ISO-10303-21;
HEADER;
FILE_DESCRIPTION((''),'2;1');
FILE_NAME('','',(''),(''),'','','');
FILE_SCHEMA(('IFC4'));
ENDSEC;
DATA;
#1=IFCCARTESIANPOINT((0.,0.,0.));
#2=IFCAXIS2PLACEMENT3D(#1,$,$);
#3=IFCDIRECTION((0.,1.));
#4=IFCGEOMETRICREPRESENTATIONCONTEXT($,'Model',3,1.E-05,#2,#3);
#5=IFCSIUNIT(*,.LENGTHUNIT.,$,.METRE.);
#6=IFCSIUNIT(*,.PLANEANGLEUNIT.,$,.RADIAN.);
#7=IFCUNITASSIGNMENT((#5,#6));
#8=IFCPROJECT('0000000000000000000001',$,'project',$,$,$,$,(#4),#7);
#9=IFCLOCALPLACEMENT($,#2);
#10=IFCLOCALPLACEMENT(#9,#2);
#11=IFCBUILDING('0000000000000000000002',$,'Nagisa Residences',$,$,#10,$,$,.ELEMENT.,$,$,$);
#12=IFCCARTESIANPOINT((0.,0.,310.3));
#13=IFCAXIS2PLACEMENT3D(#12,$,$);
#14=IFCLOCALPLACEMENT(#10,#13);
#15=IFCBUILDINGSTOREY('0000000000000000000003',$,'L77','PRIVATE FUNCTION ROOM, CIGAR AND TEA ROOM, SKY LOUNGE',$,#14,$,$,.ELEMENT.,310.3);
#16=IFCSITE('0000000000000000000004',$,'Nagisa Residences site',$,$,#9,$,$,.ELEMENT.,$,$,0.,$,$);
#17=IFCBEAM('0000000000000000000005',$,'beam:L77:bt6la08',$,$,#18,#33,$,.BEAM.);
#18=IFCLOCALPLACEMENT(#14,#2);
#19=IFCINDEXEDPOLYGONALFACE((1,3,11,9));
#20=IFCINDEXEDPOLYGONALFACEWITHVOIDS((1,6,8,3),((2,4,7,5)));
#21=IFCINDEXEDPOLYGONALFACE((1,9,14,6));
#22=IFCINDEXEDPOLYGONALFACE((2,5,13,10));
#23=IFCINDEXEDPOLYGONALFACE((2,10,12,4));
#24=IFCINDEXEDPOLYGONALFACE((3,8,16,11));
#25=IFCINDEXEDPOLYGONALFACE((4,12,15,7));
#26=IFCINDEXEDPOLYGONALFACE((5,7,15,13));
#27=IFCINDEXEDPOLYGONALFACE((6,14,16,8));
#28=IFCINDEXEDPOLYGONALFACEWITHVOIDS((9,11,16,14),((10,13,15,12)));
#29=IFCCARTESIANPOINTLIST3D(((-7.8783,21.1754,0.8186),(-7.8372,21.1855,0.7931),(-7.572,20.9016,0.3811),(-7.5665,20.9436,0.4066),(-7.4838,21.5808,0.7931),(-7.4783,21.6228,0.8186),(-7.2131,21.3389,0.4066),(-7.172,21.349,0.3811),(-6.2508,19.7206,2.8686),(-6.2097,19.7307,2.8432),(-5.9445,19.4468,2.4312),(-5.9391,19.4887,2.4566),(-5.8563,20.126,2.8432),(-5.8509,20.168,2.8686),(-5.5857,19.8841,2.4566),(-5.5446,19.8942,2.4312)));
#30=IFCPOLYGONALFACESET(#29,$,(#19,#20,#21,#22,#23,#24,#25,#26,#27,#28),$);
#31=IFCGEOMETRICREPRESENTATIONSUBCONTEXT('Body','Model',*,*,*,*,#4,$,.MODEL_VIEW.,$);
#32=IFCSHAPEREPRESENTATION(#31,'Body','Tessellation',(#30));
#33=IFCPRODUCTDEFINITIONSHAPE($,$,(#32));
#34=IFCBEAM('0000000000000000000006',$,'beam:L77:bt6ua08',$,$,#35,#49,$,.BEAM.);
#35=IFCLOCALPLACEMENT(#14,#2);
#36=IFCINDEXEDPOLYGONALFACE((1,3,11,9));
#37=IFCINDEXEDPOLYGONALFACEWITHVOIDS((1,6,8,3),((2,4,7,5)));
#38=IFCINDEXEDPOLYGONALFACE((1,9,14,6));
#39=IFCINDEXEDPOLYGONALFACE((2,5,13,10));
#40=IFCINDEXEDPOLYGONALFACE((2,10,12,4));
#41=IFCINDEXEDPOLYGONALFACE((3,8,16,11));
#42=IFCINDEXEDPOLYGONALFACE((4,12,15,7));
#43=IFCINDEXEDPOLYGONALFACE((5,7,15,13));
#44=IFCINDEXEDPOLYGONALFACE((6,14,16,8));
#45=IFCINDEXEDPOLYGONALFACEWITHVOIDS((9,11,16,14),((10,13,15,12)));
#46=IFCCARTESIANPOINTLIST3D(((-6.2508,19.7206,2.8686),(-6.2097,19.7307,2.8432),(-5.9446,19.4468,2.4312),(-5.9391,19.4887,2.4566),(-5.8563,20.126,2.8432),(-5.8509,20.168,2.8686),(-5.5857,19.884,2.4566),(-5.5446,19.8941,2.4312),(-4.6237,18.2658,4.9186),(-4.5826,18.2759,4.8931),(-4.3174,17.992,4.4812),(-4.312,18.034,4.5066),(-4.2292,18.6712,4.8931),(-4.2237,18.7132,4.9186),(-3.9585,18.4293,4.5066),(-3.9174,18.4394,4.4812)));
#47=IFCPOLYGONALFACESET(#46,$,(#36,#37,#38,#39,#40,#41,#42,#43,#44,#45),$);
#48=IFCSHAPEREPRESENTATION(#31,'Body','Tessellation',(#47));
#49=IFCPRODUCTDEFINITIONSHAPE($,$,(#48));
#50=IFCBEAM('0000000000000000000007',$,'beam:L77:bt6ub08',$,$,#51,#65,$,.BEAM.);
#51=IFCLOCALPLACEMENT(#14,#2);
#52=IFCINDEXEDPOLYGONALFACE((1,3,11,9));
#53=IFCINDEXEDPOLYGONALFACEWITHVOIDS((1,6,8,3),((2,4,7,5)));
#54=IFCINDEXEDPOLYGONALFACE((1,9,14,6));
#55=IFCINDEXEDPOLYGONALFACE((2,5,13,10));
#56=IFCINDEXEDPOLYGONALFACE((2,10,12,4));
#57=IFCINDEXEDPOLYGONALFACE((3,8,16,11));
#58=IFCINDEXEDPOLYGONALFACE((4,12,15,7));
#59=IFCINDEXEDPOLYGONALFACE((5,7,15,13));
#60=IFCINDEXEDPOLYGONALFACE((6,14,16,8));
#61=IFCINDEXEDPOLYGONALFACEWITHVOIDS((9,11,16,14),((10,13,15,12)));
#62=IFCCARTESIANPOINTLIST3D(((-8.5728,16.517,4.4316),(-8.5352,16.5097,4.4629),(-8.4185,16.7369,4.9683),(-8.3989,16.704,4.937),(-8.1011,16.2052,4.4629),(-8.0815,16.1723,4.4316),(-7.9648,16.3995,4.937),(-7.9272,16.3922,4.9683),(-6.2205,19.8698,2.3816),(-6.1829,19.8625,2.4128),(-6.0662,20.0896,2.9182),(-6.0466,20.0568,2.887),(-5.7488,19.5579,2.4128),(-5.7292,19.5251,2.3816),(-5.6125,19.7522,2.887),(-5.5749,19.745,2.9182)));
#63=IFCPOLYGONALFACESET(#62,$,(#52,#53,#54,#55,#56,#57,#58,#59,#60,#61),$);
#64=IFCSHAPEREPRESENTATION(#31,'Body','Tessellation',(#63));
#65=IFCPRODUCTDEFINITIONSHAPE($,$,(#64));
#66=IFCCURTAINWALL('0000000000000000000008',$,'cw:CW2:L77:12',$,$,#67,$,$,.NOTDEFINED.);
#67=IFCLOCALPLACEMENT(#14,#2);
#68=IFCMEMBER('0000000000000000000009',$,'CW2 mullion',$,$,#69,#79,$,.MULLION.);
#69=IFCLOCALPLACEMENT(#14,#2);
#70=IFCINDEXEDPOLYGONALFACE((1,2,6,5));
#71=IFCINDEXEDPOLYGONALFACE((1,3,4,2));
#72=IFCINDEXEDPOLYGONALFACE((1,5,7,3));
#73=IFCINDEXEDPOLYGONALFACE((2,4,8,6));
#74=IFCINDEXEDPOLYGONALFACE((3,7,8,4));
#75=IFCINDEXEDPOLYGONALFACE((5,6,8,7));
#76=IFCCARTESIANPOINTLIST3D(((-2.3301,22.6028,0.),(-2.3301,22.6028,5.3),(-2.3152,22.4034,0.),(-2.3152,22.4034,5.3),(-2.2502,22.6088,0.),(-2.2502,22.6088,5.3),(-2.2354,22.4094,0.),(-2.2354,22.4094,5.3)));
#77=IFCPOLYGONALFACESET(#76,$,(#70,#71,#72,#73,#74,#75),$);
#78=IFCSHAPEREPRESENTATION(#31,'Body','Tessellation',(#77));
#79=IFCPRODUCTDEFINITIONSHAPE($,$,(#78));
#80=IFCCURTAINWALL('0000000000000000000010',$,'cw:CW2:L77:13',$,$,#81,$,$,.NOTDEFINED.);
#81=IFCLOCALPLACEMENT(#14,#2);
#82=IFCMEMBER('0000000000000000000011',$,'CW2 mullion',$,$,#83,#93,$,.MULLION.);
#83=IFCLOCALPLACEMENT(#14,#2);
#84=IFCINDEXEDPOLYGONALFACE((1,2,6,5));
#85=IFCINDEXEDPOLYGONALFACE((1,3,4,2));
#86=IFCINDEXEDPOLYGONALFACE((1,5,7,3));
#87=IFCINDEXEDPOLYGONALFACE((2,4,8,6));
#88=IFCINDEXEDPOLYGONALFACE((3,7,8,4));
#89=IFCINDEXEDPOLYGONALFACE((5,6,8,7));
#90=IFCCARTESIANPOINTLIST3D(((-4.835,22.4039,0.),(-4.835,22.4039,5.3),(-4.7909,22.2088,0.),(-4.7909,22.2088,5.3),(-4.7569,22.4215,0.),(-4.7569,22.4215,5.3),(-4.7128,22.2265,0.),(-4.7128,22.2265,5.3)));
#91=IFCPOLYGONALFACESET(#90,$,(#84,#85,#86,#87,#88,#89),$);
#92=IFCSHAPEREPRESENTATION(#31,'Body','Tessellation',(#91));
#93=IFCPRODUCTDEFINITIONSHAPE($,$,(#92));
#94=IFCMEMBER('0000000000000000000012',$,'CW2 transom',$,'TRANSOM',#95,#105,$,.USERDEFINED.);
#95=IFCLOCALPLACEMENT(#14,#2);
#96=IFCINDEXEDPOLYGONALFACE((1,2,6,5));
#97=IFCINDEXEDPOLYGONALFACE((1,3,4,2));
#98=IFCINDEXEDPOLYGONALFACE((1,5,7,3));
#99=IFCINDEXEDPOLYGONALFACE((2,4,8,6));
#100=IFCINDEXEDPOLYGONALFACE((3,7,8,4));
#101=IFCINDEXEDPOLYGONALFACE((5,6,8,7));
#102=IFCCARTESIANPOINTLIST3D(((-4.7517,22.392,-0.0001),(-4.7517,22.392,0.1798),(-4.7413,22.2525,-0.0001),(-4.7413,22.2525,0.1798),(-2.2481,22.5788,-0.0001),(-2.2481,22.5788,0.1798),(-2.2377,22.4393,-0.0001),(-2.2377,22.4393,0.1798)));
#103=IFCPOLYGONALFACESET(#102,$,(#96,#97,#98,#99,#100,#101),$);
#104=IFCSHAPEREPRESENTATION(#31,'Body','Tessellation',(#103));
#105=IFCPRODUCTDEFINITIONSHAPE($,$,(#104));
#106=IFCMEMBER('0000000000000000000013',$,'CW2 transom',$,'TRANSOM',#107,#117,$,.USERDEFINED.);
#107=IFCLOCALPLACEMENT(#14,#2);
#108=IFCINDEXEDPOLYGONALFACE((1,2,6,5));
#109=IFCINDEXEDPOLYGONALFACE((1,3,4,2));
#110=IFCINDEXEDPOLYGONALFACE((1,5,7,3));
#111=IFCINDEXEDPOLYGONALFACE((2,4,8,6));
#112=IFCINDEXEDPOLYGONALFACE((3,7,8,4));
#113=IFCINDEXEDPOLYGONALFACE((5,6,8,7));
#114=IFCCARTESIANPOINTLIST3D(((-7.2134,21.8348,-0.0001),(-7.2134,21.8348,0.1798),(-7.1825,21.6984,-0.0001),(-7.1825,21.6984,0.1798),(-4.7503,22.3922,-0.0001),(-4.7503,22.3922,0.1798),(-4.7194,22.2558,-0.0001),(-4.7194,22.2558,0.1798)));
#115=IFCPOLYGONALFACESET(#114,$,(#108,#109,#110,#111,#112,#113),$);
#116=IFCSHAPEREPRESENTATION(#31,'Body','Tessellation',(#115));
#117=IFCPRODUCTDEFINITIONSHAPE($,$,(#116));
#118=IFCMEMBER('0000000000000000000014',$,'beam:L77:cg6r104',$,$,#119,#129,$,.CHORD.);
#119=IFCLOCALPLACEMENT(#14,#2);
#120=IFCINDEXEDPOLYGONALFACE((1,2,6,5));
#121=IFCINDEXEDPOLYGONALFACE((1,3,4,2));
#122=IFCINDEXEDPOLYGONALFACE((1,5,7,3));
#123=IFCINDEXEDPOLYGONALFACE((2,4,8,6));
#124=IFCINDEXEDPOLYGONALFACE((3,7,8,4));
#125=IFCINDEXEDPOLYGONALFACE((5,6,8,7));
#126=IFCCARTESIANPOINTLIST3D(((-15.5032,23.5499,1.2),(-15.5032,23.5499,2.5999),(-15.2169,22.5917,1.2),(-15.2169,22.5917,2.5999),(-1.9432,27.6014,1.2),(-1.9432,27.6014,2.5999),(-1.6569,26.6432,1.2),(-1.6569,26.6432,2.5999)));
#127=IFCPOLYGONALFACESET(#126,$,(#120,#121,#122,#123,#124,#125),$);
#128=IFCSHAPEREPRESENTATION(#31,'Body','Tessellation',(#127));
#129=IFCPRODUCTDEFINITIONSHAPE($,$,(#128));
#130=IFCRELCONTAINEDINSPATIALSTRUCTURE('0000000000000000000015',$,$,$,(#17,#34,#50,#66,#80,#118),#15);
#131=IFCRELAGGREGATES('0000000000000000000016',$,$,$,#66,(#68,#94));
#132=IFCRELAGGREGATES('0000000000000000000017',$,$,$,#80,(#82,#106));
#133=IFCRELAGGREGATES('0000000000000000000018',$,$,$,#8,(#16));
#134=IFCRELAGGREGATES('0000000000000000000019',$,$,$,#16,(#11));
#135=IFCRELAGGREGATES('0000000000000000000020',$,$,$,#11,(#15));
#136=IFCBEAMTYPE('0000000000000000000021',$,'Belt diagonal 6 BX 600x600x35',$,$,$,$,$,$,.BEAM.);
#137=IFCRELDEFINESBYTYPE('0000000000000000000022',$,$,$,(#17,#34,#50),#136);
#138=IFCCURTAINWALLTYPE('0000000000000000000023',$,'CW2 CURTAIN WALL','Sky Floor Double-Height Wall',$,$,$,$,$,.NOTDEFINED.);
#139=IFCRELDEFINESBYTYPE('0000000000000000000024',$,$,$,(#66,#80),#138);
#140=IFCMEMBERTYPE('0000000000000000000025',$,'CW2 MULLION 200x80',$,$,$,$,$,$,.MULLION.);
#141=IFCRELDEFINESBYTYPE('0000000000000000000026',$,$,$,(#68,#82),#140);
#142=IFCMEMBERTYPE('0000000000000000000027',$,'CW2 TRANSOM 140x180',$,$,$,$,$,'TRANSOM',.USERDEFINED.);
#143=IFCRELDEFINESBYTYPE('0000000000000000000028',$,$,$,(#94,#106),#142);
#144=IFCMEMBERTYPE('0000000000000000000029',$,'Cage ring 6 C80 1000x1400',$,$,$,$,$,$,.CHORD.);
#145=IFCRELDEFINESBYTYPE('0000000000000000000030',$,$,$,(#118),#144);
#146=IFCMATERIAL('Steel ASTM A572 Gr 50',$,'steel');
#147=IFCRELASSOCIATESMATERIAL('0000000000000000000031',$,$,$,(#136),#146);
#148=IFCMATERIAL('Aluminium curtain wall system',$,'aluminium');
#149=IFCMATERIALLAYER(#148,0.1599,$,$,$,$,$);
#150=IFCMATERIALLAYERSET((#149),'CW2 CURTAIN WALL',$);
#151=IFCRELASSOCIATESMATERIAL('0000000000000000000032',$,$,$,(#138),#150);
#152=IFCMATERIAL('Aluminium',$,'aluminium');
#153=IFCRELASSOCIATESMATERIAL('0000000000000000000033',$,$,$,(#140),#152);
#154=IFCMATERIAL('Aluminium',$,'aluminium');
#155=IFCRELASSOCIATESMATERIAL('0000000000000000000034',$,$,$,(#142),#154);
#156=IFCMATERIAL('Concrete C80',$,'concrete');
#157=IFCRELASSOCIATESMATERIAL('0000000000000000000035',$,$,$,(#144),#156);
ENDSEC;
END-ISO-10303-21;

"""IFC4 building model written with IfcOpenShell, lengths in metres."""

from ifc_helpers import new_model, si_unit, direction, frame, origin, origin_2d, place, context, subcontext, project, spatial, rectangle, hollow_rectangle, extrude, material, layer, layer_set, material_profile, profile_set, type_object, element, aggregate, save


model = new_model("IFC4")

# Units and contexts
model_context = context("Model", 3, precision=1e-05, world=origin(), true_north=direction((0.0, 1.0)))
body_context = subcontext(model_context, "Body", "Model", "MODEL_VIEW")
ifc_project = project(units=[si_unit("LENGTHUNIT", "METRE"), si_unit("PLANEANGLEUNIT", "RADIAN")], contexts=[model_context])

# Site, building, storey
site_placement = place(None, origin())
site = spatial("IfcSite", under=ifc_project, at=site_placement, Name="Nagisa Residences site", CompositionType="ELEMENT", RefElevation=0.0)
building_placement = place(site_placement, origin())
building = spatial("IfcBuilding", under=site, at=building_placement, Name="Nagisa Residences", CompositionType="ELEMENT")
storey_placement = place(building_placement, frame((0.0, 0.0, 310.3)))
storey = spatial("IfcBuildingStorey", under=building, at=storey_placement, Name="L77", Description="PRIVATE FUNCTION ROOM, CIGAR AND TEA ROOM, SKY LOUNGE", CompositionType="ELEMENT", Elevation=310.3)

# Beams
ifc_material_1 = material(Name="Steel ASTM A572 Gr 50", Category="steel")
ifc_material_profile_1 = material_profile(ifc_material_1, hollow_rectangle(XDim=0.6001, YDim=0.6001, WallThickness=0.0349, at=origin_2d()), Name="BX 600x600x35")
ifc_profile_set_1 = profile_set([ifc_material_profile_1], Name="Steel ASTM A572 Gr 50")
beam_type_1 = type_object("IfcBeamType", Name="Belt diagonal 6 BX 600x600x35", PredefinedType="BEAM", material=ifc_profile_set_1)
beam_1_placement = place(storey_placement, frame((-7.5251, 21.2622, 0.5999), z_axis=(0.543453, -0.485814, 0.684575), x_axis=(0.666465, 0.745537, 0.0)))
element("IfcBeam", 1, at=beam_1_placement, inside=storey, type_object=beam_type_1, Name="beam:L77:bt6la08", PredefinedType="BEAM", context=body_context, shape_type="SweptSolid", body=[
    extrude(hollow_rectangle(XDim=0.6001, YDim=0.6001, WallThickness=0.0349, at=origin_2d()), origin(), (0.0, 0.0, 1.0), 2.9946),
])
beam_2_placement = place(storey_placement, frame((-5.8977, 19.8074, 2.6499), z_axis=(0.543396, -0.485836, 0.684605), x_axis=(0.66652, 0.745487, 0.0)))
element("IfcBeam", 2, at=beam_2_placement, inside=storey, type_object=beam_type_1, Name="beam:L77:bt6ua08", PredefinedType="BEAM", context=body_context, shape_type="SweptSolid", body=[
    extrude(hollow_rectangle(XDim=0.6001, YDim=0.6001, WallThickness=0.0349, at=origin_2d()), origin(), (0.0, 0.0, 1.0), 2.9944),
])
beam_3_placement = place(storey_placement, frame((-5.8977, 19.8074, 2.6499), z_axis=(-0.513592, -0.732036, 0.447601), x_axis=(0.818618, -0.574338, 0.0)))
element("IfcBeam", 3, at=beam_3_placement, inside=storey, type_object=beam_type_1, Name="beam:L77:bt6ub08", PredefinedType="BEAM", context=body_context, shape_type="SweptSolid", body=[
    extrude(hollow_rectangle(XDim=0.6001, YDim=0.6001, WallThickness=0.0349, at=origin_2d()), origin(), (0.0, 0.0, 1.0), 4.5801),
])

# Curtain walls, members
ifc_material_2 = material(Name="Aluminium curtain wall system", Category="aluminium")
ifc_layer_1 = layer(ifc_material_2, 0.1599)
ifc_layer_set_1 = layer_set([ifc_layer_1], Name="CW2 CURTAIN WALL")
curtain_wall_type = type_object("IfcCurtainWallType", Name="CW2 CURTAIN WALL", Description="Sky Floor Double-Height Wall", PredefinedType="NOTDEFINED", material=ifc_layer_set_1)
curtain_wall_1_placement = place(storey_placement, origin())
curtain_wall_1 = element("IfcCurtainWall", 4, at=curtain_wall_1_placement, inside=storey, type_object=curtain_wall_type, Name="cw:CW2:L77:12", PredefinedType="NOTDEFINED")
ifc_material_3 = material(Name="Aluminium", Category="aluminium")
ifc_material_profile_2 = material_profile(ifc_material_3, rectangle(XDim=0.2, YDim=0.0801, at=origin_2d()), Name="CW2 MULLION 200x80")
ifc_profile_set_2 = profile_set([ifc_material_profile_2], Name="Aluminium")
member_type_1 = type_object("IfcMemberType", Name="CW2 MULLION 200x80", PredefinedType="MULLION", material=ifc_profile_set_2)
member_1_placement = place(storey_placement, frame((-2.2827, 22.5061, 0.0), z_axis=(0.0, 0.0, 1.0), x_axis=(0.074377, -0.99723, 0.0)))
member_1 = element("IfcMember", 5, at=member_1_placement, type_object=member_type_1, Name="CW2 mullion", PredefinedType="MULLION", context=body_context, shape_type="SweptSolid", body=[
    extrude(rectangle(XDim=0.2, YDim=0.0801, at=origin_2d()), origin(), (0.0, 0.0, 1.0), 5.3),
])
curtain_wall_2_placement = place(storey_placement, origin())
curtain_wall_2 = element("IfcCurtainWall", 6, at=curtain_wall_2_placement, inside=storey, type_object=curtain_wall_type, Name="cw:CW2:L77:13", PredefinedType="NOTDEFINED")
member_2_placement = place(storey_placement, frame((-4.7739, 22.3152, 0.0), z_axis=(0.0, 0.0, 1.0), x_axis=(0.220764, -0.975327, 0.0)))
member_2 = element("IfcMember", 7, at=member_2_placement, type_object=member_type_1, Name="CW2 mullion", PredefinedType="MULLION", context=body_context, shape_type="SweptSolid", body=[
    extrude(rectangle(XDim=0.2, YDim=0.0801, at=origin_2d()), origin(), (0.0, 0.0, 1.0), 5.3),
])

# Members
ifc_material_4 = material(Name="Aluminium", Category="aluminium")
ifc_material_profile_3 = material_profile(ifc_material_4, rectangle(XDim=0.1399, YDim=0.1799, at=origin_2d()), Name="CW2 TRANSOM 140x180")
ifc_profile_set_3 = profile_set([ifc_material_profile_3], Name="Aluminium")
member_type_2 = type_object("IfcMemberType", Name="CW2 TRANSOM 140x180", ElementType="TRANSOM", PredefinedType="USERDEFINED", material=ifc_profile_set_3)
member_3_placement = place(storey_placement, frame((-2.2429, 22.509, 0.0898), z_axis=(-0.997229, -0.074391, 0.0), x_axis=(0.074391, -0.997229, 0.0)))
member_3 = element("IfcMember", 8, at=member_3_placement, type_object=member_type_2, Name="CW2 transom", ObjectType="TRANSOM", PredefinedType="USERDEFINED", context=body_context, shape_type="SweptSolid", body=[
    extrude(rectangle(XDim=0.1399, YDim=0.1799, at=origin_2d()), origin(), (0.0, 0.0, 1.0), 2.5105),
])
member_4_placement = place(storey_placement, frame((-4.7349, 22.324, 0.0898), z_axis=(-0.97534, -0.220706, 0.0), x_axis=(0.220706, -0.97534, 0.0)))
member_4 = element("IfcMember", 9, at=member_4_placement, type_object=member_type_2, Name="CW2 transom", ObjectType="TRANSOM", PredefinedType="USERDEFINED", context=body_context, shape_type="SweptSolid", body=[
    extrude(rectangle(XDim=0.1399, YDim=0.1799, at=origin_2d()), origin(), (0.0, 0.0, 1.0), 2.5254),
])

# Member
ifc_material_5 = material(Name="Concrete C80", Category="concrete")
ifc_material_profile_4 = material_profile(ifc_material_5, rectangle(XDim=1.0, YDim=1.3999, at=origin_2d()), Name="C80 1000x1400")
ifc_profile_set_4 = profile_set([ifc_material_profile_4], Name="Concrete C80")
member_type_3 = type_object("IfcMemberType", Name="Cage ring 6 C80 1000x1400", PredefinedType="CHORD", material=ifc_profile_set_4)
member_5_placement = place(storey_placement, frame((-1.8, 27.1223, 1.8999), z_axis=(-0.958147, -0.286278, 0.0), x_axis=(0.286278, -0.958147, 0.0)))
element("IfcMember", 10, at=member_5_placement, inside=storey, type_object=member_type_3, Name="beam:L77:cg6r104", PredefinedType="CHORD", context=body_context, shape_type="SweptSolid", body=[
    extrude(rectangle(XDim=1.0, YDim=1.3999, at=origin_2d()), origin(), (0.0, 0.0, 1.0), 14.1523),
])

aggregate(curtain_wall_1, [member_1, member_3])
aggregate(curtain_wall_2, [member_2, member_4])

save(model, "model.ifc")
